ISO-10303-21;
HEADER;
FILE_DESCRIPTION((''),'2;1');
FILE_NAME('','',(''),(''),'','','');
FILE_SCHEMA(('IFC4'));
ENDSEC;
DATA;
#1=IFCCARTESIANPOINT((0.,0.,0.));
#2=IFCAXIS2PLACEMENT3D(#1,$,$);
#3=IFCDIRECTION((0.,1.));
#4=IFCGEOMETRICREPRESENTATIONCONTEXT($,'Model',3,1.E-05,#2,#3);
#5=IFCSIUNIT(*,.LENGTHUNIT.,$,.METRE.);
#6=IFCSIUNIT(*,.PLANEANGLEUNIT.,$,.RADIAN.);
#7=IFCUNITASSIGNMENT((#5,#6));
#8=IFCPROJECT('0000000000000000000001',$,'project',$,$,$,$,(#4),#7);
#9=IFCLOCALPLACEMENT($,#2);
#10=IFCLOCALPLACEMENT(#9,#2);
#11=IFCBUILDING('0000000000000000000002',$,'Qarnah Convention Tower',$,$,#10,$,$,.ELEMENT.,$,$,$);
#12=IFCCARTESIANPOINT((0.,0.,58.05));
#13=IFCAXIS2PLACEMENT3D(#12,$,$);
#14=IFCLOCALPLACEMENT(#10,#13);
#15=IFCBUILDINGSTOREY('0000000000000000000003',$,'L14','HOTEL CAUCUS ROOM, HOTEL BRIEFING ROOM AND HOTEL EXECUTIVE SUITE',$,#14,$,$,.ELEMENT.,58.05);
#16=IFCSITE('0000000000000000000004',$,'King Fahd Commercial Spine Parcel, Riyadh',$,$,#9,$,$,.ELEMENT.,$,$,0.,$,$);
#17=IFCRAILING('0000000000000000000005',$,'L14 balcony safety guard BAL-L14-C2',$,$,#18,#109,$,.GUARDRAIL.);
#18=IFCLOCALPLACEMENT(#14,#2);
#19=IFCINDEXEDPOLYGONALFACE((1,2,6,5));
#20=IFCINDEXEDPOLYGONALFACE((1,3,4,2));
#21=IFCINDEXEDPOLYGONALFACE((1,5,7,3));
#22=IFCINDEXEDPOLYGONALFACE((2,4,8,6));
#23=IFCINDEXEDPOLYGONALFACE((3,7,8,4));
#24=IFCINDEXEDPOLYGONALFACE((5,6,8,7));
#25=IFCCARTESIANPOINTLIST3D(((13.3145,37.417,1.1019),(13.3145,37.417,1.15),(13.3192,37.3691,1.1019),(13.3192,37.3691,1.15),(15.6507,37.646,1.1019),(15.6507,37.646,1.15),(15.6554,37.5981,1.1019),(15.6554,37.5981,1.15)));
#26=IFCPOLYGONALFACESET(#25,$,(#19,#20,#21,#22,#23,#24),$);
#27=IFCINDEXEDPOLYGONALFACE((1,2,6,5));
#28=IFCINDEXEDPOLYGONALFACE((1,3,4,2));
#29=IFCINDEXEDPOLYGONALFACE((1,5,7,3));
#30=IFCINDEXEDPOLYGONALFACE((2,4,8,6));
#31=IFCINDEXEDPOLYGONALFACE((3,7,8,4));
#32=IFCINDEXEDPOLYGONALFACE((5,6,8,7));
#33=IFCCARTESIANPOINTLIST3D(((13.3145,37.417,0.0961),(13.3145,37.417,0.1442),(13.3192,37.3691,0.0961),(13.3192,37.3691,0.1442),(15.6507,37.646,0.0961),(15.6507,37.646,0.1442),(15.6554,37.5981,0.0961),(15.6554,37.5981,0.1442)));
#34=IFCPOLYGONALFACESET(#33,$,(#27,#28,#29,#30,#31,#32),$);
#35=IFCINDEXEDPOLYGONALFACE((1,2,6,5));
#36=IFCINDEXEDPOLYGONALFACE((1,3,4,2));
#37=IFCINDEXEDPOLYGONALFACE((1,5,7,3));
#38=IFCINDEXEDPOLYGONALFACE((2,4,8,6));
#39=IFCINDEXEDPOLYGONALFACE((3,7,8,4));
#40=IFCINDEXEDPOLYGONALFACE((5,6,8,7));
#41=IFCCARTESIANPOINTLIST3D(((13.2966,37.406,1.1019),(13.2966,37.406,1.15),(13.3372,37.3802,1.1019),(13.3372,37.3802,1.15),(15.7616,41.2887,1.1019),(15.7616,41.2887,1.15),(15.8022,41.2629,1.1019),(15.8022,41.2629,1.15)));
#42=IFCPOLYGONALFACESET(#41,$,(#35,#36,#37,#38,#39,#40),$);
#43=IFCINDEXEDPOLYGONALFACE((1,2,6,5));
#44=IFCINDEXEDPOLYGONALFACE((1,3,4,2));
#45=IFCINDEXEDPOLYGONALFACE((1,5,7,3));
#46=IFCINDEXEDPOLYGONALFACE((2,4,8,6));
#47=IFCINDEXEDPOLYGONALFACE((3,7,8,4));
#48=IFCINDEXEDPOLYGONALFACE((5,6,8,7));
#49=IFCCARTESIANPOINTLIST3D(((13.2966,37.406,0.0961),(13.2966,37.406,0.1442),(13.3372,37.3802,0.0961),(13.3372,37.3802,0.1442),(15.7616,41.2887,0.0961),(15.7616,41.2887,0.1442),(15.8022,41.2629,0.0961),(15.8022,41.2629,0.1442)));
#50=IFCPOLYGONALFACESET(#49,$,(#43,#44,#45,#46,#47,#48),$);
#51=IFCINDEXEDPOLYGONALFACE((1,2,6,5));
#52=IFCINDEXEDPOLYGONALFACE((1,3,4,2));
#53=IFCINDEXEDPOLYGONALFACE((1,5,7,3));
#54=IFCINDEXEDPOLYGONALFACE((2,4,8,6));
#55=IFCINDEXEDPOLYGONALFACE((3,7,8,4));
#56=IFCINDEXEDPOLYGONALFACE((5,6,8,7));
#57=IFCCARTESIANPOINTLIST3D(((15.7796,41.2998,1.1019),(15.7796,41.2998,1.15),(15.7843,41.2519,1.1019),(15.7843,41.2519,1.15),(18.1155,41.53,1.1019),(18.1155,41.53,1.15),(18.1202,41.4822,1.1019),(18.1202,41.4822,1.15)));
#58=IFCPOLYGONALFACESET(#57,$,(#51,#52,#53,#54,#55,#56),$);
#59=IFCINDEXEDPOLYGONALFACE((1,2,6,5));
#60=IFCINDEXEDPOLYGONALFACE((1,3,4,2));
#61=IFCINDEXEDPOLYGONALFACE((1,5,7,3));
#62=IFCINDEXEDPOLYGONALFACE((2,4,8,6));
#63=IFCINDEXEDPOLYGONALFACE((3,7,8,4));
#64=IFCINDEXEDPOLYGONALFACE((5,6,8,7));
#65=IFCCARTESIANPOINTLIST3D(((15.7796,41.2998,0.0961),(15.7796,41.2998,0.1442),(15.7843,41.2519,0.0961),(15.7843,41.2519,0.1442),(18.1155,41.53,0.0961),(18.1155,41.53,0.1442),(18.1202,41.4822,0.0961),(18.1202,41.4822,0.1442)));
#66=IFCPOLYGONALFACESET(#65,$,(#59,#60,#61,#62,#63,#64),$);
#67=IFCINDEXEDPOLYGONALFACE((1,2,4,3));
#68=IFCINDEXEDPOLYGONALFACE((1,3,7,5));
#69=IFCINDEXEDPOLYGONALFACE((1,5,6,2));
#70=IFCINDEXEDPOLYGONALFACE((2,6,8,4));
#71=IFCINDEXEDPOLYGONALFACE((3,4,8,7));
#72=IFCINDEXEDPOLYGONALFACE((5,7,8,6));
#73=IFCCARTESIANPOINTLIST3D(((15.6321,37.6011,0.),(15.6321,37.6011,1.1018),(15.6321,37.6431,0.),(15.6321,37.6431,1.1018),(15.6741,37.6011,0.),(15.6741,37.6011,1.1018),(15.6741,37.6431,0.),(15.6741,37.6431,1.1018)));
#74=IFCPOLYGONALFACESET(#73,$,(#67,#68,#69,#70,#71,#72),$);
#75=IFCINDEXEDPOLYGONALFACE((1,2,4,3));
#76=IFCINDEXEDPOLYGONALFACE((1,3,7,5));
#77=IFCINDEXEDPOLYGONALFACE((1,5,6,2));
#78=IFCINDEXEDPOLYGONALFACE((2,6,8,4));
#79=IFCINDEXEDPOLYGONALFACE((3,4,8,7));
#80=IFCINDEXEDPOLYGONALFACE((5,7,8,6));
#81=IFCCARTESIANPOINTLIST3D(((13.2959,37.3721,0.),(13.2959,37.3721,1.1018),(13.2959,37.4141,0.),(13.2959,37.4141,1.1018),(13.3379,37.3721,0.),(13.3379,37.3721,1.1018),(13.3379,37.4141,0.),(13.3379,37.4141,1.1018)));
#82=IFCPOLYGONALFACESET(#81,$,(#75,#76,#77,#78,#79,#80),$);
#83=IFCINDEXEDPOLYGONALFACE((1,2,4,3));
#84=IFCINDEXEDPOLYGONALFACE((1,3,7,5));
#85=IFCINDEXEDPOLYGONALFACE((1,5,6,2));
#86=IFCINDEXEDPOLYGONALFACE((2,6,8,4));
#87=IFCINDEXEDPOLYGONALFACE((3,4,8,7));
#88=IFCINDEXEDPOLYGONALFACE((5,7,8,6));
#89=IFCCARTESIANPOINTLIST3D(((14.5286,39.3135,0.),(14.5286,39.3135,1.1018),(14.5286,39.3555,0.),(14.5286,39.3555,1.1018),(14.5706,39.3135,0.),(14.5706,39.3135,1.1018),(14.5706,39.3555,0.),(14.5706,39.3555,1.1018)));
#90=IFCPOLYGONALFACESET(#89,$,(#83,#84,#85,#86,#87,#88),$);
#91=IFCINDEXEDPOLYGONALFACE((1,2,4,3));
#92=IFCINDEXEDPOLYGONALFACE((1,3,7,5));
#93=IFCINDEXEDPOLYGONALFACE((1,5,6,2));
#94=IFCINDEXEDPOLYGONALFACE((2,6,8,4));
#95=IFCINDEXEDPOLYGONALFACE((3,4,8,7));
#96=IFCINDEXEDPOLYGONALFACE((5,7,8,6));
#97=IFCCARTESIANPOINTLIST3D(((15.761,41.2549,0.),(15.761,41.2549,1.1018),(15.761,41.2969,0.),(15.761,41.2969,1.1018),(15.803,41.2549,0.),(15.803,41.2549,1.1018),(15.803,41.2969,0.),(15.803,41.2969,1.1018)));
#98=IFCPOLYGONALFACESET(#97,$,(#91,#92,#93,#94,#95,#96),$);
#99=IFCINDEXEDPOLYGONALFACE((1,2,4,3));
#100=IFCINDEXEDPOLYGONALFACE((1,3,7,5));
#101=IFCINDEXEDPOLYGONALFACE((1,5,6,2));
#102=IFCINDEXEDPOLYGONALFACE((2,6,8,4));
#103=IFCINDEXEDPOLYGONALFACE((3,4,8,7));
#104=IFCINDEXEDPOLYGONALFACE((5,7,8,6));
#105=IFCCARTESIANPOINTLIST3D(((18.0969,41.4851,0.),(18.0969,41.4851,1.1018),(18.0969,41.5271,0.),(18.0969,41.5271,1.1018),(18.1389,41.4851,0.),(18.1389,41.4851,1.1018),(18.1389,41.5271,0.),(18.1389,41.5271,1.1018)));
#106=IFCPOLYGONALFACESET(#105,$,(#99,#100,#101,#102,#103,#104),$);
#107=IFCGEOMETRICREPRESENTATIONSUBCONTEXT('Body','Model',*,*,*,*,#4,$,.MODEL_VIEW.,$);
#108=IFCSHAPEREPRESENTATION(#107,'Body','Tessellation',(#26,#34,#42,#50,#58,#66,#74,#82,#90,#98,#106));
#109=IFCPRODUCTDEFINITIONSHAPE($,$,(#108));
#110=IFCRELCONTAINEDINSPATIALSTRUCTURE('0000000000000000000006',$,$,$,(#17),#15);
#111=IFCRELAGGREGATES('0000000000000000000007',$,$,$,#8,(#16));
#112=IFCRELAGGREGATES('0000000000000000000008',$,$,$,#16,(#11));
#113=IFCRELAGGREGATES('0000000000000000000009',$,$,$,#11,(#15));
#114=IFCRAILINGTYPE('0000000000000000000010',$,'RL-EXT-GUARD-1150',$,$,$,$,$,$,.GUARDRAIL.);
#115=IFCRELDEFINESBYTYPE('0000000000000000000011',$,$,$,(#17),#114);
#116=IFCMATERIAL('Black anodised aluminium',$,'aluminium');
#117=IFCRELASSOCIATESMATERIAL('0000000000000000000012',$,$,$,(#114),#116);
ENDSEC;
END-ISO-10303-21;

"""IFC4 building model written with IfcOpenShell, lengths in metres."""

from ifc_helpers import new_model, si_unit, direction, frame, origin, origin_2d, place, context, subcontext, project, spatial, rectangle, extrude, material, type_object, element, save


model = new_model("IFC4")

# Units and contexts
model_context = context("Model", 3, precision=1e-05, world=origin(), true_north=direction((0.0, 1.0)))
body_context = subcontext(model_context, "Body", "Model", "MODEL_VIEW")
ifc_project = project(units=[si_unit("LENGTHUNIT", "METRE"), si_unit("PLANEANGLEUNIT", "RADIAN")], contexts=[model_context])

# Site, building, storey
site_placement = place(None, origin())
site = spatial("IfcSite", under=ifc_project, at=site_placement, Name="King Fahd Commercial Spine Parcel, Riyadh", CompositionType="ELEMENT", RefElevation=0.0)
building_placement = place(site_placement, origin())
building = spatial("IfcBuilding", under=site, at=building_placement, Name="Qarnah Convention Tower", CompositionType="ELEMENT")
storey_placement = place(building_placement, frame((0.0, 0.0, 58.05)))
storey = spatial("IfcBuildingStorey", under=building, at=storey_placement, Name="L14", Description="HOTEL CAUCUS ROOM, HOTEL BRIEFING ROOM AND HOTEL EXECUTIVE SUITE", CompositionType="ELEMENT", Elevation=58.05)

# Shared definitions
ifc_material_1 = material(Name="Black anodised aluminium", Category="aluminium")

# Railing
railing_type = type_object("IfcRailingType", Name="RL-EXT-GUARD-1150", PredefinedType="GUARDRAIL", material=ifc_material_1)
railing_1_placement = place(storey_placement, frame((15.6531, 37.6221, 0.0)))
element("IfcRailing", 1, at=railing_1_placement, inside=storey, type_object=railing_type, Name="L14 balcony safety guard BAL-L14-C2", PredefinedType="GUARDRAIL", context=body_context, shape_type="SweptSolid", body=[
    extrude(rectangle(XDim=0.0481, YDim=0.0481, at=origin_2d()), frame((0.0, 0.0, 1.126), z_axis=(-0.99523, -0.097557, 0.0), x_axis=(0.097557, -0.99523, 0.0)), (0.0, 0.0, 1.0), 2.3474),
    extrude(rectangle(XDim=0.0481, YDim=0.0481, at=origin_2d()), frame((0.0, 0.0, 0.1201), z_axis=(-0.99523, -0.097557, 0.0), x_axis=(0.097557, -0.99523, 0.0)), (0.0, 0.0, 1.0), 2.3474),
    extrude(rectangle(XDim=0.0481, YDim=0.0481, at=origin_2d()), frame((-2.3362, -0.229, 1.126), z_axis=(0.535979, 0.844231, 0.0), x_axis=(-0.844231, 0.535979, 0.0)), (0.0, 0.0, 1.0), 4.5991),
    extrude(rectangle(XDim=0.0481, YDim=0.0481, at=origin_2d()), frame((-2.3362, -0.229, 0.1201), z_axis=(0.535979, 0.844231, 0.0), x_axis=(-0.844231, 0.535979, 0.0)), (0.0, 0.0, 1.0), 4.5991),
    extrude(rectangle(XDim=0.0481, YDim=0.0481, at=origin_2d()), frame((0.1289, 3.6538, 1.126), z_axis=(0.995178, 0.098082, 0.0), x_axis=(-0.098082, 0.995178, 0.0)), (0.0, 0.0, 1.0), 2.3472),
    extrude(rectangle(XDim=0.0481, YDim=0.0481, at=origin_2d()), frame((0.1289, 3.6538, 0.1201), z_axis=(0.995178, 0.098082, 0.0), x_axis=(-0.098082, 0.995178, 0.0)), (0.0, 0.0, 1.0), 2.3472),
    extrude(rectangle(XDim=0.042, YDim=0.042, at=origin_2d()), origin(), (0.0, 0.0, 1.0), 1.1018),
    extrude(rectangle(XDim=0.042, YDim=0.042, at=origin_2d()), frame((-2.3362, -0.229, 0.0)), (0.0, 0.0, 1.0), 1.1018),
    extrude(rectangle(XDim=0.042, YDim=0.042, at=origin_2d()), frame((-1.1035, 1.7124, 0.0)), (0.0, 0.0, 1.0), 1.1018),
    extrude(rectangle(XDim=0.042, YDim=0.042, at=origin_2d()), frame((0.1289, 3.6538, 0.0)), (0.0, 0.0, 1.0), 1.1018),
    extrude(rectangle(XDim=0.042, YDim=0.042, at=origin_2d()), frame((2.4648, 3.884, 0.0)), (0.0, 0.0, 1.0), 1.1018),
])

save(model, "model.ifc")
